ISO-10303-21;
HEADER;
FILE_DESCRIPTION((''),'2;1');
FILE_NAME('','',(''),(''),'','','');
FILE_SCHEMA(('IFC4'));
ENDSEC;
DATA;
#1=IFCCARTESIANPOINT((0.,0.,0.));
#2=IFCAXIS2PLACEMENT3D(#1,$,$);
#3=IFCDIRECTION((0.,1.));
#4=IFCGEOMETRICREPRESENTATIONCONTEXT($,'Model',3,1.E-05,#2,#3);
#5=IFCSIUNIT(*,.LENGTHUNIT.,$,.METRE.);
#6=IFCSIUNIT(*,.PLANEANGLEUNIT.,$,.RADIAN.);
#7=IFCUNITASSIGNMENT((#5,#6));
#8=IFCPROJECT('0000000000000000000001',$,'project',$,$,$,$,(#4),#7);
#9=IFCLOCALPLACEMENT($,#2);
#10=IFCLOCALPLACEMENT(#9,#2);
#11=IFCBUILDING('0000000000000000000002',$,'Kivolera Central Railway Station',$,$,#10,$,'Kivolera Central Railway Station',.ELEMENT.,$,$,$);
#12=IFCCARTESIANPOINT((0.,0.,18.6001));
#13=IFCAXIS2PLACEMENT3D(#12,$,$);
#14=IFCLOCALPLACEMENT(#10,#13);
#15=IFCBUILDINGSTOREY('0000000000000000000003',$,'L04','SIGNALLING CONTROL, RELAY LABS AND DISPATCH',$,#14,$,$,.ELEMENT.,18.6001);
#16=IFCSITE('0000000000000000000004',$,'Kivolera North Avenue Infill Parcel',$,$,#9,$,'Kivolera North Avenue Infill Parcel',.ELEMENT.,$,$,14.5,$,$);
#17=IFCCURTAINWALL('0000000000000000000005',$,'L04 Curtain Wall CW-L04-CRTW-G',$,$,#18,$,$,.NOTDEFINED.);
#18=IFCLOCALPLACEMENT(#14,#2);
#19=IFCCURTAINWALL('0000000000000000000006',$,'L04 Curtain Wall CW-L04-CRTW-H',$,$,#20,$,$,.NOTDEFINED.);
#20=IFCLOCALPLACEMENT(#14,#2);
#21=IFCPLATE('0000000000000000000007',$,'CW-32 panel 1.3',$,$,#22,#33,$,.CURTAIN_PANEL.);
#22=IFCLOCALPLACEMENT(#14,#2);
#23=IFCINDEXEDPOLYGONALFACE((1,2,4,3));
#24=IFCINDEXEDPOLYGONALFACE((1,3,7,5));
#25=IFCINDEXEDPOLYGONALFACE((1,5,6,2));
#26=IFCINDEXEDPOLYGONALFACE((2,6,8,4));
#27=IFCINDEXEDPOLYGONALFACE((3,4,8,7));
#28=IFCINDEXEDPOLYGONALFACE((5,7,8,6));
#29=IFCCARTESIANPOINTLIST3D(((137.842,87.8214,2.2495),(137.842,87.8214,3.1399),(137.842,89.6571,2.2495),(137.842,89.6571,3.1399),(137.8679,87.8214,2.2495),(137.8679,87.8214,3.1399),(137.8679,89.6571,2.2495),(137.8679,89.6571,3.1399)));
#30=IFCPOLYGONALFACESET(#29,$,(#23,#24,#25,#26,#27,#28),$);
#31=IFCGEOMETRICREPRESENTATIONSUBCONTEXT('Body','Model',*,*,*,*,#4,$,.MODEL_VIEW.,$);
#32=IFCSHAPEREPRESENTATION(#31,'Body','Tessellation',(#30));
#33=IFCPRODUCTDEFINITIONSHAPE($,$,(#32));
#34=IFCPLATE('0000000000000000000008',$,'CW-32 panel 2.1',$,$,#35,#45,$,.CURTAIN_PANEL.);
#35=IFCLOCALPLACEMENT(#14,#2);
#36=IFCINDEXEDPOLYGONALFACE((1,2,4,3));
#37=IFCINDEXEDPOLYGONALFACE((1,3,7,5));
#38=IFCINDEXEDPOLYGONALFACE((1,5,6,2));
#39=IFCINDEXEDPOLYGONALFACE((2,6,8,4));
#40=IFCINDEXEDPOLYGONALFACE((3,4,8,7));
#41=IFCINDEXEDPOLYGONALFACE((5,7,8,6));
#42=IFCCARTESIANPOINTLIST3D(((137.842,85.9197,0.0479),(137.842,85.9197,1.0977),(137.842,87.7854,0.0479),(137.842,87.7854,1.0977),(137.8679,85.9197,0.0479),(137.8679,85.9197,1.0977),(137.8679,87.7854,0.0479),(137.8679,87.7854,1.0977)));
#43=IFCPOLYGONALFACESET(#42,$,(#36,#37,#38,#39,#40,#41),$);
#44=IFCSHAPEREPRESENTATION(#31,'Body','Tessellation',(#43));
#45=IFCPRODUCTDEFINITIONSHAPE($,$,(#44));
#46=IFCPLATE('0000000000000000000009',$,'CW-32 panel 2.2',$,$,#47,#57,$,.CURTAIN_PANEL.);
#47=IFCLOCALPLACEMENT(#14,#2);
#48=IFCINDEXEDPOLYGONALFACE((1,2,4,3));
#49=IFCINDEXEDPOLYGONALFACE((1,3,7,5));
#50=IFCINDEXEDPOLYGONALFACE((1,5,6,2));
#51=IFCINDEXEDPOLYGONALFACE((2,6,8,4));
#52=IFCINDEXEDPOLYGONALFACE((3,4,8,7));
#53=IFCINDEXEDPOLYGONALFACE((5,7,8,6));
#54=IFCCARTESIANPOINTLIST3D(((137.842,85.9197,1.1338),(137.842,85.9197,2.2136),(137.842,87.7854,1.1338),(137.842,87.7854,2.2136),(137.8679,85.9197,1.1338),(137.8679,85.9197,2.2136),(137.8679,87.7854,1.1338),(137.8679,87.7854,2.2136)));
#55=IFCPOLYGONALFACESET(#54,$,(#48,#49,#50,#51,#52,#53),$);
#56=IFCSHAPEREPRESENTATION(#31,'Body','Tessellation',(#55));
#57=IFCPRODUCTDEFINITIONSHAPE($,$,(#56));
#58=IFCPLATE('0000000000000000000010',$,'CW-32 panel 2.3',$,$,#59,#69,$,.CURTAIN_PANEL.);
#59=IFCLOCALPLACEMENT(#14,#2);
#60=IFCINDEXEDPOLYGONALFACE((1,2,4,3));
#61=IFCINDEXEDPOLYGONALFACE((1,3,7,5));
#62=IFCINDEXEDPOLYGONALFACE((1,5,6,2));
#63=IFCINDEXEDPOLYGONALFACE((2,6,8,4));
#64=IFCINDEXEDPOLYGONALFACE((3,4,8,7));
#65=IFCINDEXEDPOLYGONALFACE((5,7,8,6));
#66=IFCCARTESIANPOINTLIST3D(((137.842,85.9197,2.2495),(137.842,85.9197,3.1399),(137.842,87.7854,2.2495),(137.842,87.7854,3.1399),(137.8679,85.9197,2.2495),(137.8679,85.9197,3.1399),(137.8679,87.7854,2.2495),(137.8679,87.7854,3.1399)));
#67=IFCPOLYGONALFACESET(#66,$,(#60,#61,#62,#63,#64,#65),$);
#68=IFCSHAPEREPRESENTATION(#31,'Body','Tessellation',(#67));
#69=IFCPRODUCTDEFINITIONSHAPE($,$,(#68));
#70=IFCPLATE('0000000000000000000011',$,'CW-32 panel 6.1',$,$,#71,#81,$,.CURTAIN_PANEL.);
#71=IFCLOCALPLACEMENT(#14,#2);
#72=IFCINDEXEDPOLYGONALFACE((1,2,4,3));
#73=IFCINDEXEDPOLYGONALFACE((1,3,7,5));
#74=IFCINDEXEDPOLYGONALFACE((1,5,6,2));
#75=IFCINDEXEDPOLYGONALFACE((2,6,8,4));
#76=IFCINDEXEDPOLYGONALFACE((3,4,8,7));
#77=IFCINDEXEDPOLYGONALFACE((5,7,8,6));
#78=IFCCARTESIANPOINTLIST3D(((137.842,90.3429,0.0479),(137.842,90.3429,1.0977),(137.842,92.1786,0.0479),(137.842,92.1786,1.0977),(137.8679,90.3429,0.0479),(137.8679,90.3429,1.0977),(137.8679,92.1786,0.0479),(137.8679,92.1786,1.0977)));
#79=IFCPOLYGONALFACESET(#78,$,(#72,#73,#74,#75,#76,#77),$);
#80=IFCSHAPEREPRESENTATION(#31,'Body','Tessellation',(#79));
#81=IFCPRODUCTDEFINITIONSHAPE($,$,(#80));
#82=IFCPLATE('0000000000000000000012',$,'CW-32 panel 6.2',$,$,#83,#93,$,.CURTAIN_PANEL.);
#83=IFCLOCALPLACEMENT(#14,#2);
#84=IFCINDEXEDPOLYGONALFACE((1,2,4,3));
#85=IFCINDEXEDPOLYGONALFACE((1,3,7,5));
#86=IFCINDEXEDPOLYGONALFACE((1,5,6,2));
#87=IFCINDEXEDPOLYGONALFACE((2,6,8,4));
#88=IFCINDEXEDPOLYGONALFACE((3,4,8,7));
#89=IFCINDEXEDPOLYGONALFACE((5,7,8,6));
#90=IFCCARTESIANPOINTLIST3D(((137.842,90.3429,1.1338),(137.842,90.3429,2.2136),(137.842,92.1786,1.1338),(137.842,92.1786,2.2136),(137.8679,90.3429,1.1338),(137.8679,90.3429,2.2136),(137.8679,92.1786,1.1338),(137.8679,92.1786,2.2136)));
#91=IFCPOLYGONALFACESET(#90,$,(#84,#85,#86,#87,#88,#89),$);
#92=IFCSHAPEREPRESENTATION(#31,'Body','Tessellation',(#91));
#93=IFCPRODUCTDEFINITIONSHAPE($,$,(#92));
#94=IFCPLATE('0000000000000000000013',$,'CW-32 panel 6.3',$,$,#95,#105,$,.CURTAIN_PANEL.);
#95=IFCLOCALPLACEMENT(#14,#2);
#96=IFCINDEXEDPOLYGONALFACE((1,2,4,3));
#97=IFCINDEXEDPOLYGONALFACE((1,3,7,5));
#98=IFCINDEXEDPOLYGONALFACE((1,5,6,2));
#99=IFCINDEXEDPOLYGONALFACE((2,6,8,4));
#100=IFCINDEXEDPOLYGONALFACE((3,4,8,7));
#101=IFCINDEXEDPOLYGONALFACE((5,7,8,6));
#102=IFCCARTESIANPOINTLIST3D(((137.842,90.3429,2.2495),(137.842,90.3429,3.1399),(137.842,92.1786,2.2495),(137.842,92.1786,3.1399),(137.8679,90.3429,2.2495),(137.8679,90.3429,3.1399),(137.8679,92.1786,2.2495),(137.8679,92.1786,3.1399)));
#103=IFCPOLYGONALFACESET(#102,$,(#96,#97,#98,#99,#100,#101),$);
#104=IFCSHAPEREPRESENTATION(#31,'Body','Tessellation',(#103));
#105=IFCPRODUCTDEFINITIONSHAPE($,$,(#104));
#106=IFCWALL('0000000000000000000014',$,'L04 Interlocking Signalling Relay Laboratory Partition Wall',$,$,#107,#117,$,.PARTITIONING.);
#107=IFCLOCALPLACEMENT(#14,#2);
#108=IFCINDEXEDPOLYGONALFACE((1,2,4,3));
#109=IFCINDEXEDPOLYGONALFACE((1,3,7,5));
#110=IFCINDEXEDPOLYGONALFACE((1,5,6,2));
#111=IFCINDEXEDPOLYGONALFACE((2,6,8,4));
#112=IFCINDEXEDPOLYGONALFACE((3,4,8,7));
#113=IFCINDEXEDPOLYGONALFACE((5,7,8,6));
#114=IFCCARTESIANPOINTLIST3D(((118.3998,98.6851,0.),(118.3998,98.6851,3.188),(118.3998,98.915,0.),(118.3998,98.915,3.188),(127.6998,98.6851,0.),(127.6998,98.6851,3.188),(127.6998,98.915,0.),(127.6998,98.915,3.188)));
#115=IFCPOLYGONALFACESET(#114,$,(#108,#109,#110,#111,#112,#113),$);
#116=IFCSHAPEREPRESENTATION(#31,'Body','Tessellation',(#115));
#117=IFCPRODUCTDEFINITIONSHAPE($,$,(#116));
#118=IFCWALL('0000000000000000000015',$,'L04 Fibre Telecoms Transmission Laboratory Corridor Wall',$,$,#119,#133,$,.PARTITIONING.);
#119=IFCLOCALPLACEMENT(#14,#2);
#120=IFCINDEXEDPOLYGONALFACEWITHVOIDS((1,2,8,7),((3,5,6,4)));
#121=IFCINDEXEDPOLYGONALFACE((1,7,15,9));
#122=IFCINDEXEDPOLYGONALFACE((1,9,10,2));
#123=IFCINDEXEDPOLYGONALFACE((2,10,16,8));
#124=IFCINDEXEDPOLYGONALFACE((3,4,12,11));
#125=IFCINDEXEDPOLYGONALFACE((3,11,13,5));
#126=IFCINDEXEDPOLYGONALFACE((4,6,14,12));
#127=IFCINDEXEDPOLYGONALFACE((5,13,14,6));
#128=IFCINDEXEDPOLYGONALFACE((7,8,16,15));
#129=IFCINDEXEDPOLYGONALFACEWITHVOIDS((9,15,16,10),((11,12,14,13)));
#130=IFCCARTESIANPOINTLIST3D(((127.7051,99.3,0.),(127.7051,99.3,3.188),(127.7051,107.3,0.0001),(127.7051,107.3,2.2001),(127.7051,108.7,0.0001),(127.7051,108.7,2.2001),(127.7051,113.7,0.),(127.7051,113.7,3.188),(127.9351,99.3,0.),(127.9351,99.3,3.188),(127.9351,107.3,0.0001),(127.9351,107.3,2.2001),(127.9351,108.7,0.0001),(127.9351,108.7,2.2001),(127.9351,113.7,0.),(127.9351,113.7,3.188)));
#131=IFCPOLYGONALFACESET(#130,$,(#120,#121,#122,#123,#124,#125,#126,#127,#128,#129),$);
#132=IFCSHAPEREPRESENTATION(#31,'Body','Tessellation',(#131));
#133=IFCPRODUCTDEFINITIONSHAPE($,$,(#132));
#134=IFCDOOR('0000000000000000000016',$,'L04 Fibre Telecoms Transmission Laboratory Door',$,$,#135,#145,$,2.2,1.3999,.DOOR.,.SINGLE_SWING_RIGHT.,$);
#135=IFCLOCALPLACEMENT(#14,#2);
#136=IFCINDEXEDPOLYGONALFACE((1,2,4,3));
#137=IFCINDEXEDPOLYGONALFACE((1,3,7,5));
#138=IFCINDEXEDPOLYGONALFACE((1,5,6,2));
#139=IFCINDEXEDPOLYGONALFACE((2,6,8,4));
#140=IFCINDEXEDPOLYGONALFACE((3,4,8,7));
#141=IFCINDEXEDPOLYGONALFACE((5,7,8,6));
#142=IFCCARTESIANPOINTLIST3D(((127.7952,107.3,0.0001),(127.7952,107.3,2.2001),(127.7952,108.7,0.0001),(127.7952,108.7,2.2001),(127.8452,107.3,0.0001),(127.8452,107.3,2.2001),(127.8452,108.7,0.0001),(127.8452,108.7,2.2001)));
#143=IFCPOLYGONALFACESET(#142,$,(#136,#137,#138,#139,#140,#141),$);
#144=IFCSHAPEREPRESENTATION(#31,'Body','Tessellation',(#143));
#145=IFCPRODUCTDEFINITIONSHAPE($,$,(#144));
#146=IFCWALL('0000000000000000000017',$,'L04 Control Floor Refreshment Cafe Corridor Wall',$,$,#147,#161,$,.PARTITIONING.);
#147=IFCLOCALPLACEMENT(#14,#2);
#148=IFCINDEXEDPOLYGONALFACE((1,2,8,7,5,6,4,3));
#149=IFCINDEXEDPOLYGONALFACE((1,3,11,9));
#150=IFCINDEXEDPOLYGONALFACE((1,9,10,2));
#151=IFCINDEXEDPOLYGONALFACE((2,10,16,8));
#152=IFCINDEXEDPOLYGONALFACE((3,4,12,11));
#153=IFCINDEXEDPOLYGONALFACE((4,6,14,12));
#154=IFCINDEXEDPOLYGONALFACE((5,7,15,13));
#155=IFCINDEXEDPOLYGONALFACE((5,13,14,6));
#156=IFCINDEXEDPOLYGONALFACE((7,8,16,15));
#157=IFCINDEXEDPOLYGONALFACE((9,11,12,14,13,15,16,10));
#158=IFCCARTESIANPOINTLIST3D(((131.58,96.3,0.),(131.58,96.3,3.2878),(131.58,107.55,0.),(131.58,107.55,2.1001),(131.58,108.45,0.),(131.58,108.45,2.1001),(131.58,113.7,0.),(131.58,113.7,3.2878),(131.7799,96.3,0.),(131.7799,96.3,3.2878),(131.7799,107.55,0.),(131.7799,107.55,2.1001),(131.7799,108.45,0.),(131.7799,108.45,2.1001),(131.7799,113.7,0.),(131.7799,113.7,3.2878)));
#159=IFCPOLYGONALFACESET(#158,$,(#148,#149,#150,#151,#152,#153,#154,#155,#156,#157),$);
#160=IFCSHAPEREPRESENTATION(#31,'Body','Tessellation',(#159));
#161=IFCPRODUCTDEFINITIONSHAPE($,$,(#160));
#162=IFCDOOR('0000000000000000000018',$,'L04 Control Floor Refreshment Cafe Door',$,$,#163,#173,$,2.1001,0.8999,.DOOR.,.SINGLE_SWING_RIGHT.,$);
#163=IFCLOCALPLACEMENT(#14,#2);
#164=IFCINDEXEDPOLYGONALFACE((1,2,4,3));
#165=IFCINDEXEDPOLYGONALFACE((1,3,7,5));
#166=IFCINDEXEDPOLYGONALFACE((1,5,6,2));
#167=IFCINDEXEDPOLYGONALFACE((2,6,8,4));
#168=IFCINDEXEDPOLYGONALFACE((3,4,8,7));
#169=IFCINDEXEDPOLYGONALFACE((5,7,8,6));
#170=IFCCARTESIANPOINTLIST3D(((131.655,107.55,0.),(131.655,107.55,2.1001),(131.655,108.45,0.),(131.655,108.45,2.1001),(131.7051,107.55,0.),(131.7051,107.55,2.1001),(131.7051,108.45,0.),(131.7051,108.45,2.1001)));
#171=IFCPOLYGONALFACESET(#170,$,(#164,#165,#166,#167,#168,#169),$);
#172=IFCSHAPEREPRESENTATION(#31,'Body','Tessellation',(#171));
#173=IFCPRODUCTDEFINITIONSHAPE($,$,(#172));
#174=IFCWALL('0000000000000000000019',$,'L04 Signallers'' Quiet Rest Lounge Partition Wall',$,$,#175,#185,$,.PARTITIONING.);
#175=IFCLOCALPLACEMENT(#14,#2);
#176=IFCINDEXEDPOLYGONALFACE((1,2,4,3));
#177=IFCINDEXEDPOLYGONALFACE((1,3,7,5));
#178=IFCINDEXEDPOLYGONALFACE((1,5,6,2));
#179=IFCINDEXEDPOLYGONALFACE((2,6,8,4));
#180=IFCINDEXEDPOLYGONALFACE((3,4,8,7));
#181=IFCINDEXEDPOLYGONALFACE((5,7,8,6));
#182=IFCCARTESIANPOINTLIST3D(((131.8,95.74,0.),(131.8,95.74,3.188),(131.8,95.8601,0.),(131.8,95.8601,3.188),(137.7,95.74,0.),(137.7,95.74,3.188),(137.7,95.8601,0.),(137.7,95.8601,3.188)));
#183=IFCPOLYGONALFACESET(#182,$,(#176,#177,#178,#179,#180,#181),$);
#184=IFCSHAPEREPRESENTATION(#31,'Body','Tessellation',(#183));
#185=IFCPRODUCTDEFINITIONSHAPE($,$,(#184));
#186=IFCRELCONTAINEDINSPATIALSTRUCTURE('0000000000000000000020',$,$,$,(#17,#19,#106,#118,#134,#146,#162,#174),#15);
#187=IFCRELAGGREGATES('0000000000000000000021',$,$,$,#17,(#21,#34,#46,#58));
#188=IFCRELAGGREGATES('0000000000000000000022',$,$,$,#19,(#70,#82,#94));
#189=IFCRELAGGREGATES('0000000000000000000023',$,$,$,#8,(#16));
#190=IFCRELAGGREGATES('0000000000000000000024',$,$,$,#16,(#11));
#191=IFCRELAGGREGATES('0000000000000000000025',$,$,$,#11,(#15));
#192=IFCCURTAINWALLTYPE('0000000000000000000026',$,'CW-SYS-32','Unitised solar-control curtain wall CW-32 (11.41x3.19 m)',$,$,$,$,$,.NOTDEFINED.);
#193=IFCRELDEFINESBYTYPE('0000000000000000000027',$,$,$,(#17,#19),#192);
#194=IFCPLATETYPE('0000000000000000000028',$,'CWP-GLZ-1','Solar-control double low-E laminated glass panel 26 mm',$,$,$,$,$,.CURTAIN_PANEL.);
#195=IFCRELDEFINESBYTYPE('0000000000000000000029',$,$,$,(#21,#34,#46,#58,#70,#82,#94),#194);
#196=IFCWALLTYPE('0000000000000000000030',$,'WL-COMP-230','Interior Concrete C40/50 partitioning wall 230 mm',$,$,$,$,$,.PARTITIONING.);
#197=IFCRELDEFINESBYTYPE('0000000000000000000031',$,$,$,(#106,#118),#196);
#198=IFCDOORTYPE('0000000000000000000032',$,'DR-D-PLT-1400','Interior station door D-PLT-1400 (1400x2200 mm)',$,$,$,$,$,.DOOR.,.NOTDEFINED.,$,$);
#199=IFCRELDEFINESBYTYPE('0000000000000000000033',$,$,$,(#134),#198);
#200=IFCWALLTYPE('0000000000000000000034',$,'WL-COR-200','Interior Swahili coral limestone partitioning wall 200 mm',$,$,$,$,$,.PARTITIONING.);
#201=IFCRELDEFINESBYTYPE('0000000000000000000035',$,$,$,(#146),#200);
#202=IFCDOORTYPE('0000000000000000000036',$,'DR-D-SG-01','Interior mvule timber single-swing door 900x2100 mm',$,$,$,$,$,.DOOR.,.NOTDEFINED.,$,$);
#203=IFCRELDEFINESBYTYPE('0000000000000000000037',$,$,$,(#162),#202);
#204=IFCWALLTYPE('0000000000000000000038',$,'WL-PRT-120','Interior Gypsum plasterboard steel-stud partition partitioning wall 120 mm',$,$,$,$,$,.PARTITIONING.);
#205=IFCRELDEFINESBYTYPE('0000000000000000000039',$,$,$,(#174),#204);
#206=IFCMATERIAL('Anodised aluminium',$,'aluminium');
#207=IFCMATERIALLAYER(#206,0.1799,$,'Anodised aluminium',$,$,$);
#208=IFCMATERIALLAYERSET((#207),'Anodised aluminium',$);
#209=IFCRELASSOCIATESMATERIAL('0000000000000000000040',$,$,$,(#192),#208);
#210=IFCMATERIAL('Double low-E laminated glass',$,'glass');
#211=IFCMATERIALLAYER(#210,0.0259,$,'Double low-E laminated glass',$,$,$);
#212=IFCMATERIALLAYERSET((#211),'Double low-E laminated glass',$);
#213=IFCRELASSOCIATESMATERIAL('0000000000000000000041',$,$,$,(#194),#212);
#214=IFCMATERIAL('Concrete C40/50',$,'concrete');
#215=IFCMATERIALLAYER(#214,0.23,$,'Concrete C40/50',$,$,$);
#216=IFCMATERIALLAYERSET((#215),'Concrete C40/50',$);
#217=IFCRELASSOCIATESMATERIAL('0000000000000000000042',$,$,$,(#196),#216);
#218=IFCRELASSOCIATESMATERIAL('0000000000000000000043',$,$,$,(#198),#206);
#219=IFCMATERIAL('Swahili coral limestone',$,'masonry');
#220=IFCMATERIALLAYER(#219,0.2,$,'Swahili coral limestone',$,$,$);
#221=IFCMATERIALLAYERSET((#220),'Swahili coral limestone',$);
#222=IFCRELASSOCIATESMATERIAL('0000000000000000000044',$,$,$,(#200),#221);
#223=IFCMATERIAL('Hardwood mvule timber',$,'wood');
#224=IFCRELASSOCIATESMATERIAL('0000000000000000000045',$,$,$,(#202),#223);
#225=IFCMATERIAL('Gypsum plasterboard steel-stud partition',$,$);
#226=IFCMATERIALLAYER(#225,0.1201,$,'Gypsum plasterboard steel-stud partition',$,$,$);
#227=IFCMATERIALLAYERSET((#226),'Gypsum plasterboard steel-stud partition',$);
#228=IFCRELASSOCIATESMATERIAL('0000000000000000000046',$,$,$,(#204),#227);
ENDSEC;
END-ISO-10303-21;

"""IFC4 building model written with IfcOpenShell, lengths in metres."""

from ifc_helpers import new_model, si_unit, direction, frame, frame_2d, origin, origin_2d, place, context, subcontext, project, spatial, rectangle, extrude, material, layer, layer_set, type_object, element, fill, aggregate, save


model = new_model("IFC4")

# Units and contexts
model_context = context("Model", 3, precision=1e-05, world=origin(), true_north=direction((0.0, 1.0)))
body_context = subcontext(model_context, "Body", "Model", "MODEL_VIEW")
ifc_project = project(units=[si_unit("LENGTHUNIT", "METRE"), si_unit("PLANEANGLEUNIT", "RADIAN")], contexts=[model_context])

# Site, building, storey
site_placement = place(None, origin())
site = spatial("IfcSite", under=ifc_project, at=site_placement, Name="Kivolera North Avenue Infill Parcel", LongName="Kivolera North Avenue Infill Parcel", CompositionType="ELEMENT", RefElevation=14.5)
building_placement = place(site_placement, origin())
building = spatial("IfcBuilding", under=site, at=building_placement, Name="Kivolera Central Railway Station", LongName="Kivolera Central Railway Station", CompositionType="ELEMENT")
storey_placement = place(building_placement, frame((0.0, 0.0, 18.6001)))
storey = spatial("IfcBuildingStorey", under=building, at=storey_placement, Name="L04", Description="SIGNALLING CONTROL, RELAY LABS AND DISPATCH", CompositionType="ELEMENT", Elevation=18.6001)

# Shared definitions
ifc_material_1 = material(Name="Concrete C40/50", Category="concrete")

# Curtain wall
ifc_material_2 = material(Name="Anodised aluminium", Category="aluminium")
ifc_layer_1 = layer(ifc_material_2, 0.1799, Name="Anodised aluminium")
ifc_layer_set_1 = layer_set([ifc_layer_1], Name="Anodised aluminium")
curtain_wall_type = type_object("IfcCurtainWallType", Name="CW-SYS-32", Description="Unitised solar-control curtain wall CW-32 (11.41x3.19 m)", PredefinedType="NOTDEFINED", material=ifc_layer_set_1)
curtain_wall_1_placement = place(storey_placement, origin())
curtain_wall_1 = element("IfcCurtainWall", 1, at=curtain_wall_1_placement, inside=storey, type_object=curtain_wall_type, Name="L04 Curtain Wall CW-L04-CRTW-G", PredefinedType="NOTDEFINED")

# Curtain wall
curtain_wall_2_placement = place(storey_placement, origin())
curtain_wall_2 = element("IfcCurtainWall", 2, at=curtain_wall_2_placement, inside=storey, type_object=curtain_wall_type, Name="L04 Curtain Wall CW-L04-CRTW-H", PredefinedType="NOTDEFINED")

# Plates
ifc_material_3 = material(Name="Double low-E laminated glass", Category="glass")
ifc_layer_2 = layer(ifc_material_3, 0.0259, Name="Double low-E laminated glass")
ifc_layer_set_2 = layer_set([ifc_layer_2], Name="Double low-E laminated glass")
plate_type = type_object("IfcPlateType", Name="CWP-GLZ-1", Description="Solar-control double low-E laminated glass panel 26 mm", PredefinedType="CURTAIN_PANEL", material=ifc_layer_set_2)
plate_1_placement = place(storey_placement, frame((137.855, 88.7393, 2.2495), z_axis=(0.0, 0.0, 1.0), x_axis=(0.0, -1.0, 0.0)))
plate_1 = element("IfcPlate", 3, at=plate_1_placement, type_object=plate_type, Name="CW-32 panel 1.3", PredefinedType="CURTAIN_PANEL", context=body_context, shape_type="SweptSolid", body=[
    extrude(rectangle(XDim=1.8357, YDim=0.0259, at=origin_2d()), origin(), (0.0, 0.0, 1.0), 0.8904),
])
plate_2_placement = place(storey_placement, frame((137.855, 86.8525, 0.0479), z_axis=(0.0, 0.0, 1.0), x_axis=(0.0, -1.0, 0.0)))
plate_2 = element("IfcPlate", 4, at=plate_2_placement, type_object=plate_type, Name="CW-32 panel 2.1", PredefinedType="CURTAIN_PANEL", context=body_context, shape_type="SweptSolid", body=[
    extrude(rectangle(XDim=1.8657, YDim=0.0259, at=origin_2d()), origin(), (0.0, 0.0, 1.0), 1.0498),
])
plate_3_placement = place(storey_placement, frame((137.855, 86.8525, 1.1338), z_axis=(0.0, 0.0, 1.0), x_axis=(0.0, -1.0, 0.0)))
plate_3 = element("IfcPlate", 5, at=plate_3_placement, type_object=plate_type, Name="CW-32 panel 2.2", PredefinedType="CURTAIN_PANEL", context=body_context, shape_type="SweptSolid", body=[
    extrude(rectangle(XDim=1.8657, YDim=0.0259, at=origin_2d()), origin(), (0.0, 0.0, 1.0), 1.0798),
])
plate_4_placement = place(storey_placement, frame((137.855, 86.8525, 2.2495), z_axis=(0.0, 0.0, 1.0), x_axis=(0.0, -1.0, 0.0)))
plate_4 = element("IfcPlate", 6, at=plate_4_placement, type_object=plate_type, Name="CW-32 panel 2.3", PredefinedType="CURTAIN_PANEL", context=body_context, shape_type="SweptSolid", body=[
    extrude(rectangle(XDim=1.8657, YDim=0.0259, at=origin_2d()), origin(), (0.0, 0.0, 1.0), 0.8904),
])
aggregate(curtain_wall_1, [plate_1, plate_2, plate_3, plate_4])
plate_5_placement = place(storey_placement, frame((137.855, 91.2607, 0.0479), z_axis=(0.0, 0.0, 1.0), x_axis=(0.0, -1.0, 0.0)))
plate_5 = element("IfcPlate", 7, at=plate_5_placement, type_object=plate_type, Name="CW-32 panel 6.1", PredefinedType="CURTAIN_PANEL", context=body_context, shape_type="SweptSolid", body=[
    extrude(rectangle(XDim=1.8357, YDim=0.0259, at=origin_2d()), origin(), (0.0, 0.0, 1.0), 1.0498),
])
plate_6_placement = place(storey_placement, frame((137.855, 91.2607, 1.1338), z_axis=(0.0, 0.0, 1.0), x_axis=(0.0, -1.0, 0.0)))
plate_6 = element("IfcPlate", 8, at=plate_6_placement, type_object=plate_type, Name="CW-32 panel 6.2", PredefinedType="CURTAIN_PANEL", context=body_context, shape_type="SweptSolid", body=[
    extrude(rectangle(XDim=1.8357, YDim=0.0259, at=origin_2d()), origin(), (0.0, 0.0, 1.0), 1.0798),
])
plate_7_placement = place(storey_placement, frame((137.855, 91.2607, 2.2495), z_axis=(0.0, 0.0, 1.0), x_axis=(0.0, -1.0, 0.0)))
plate_7 = element("IfcPlate", 9, at=plate_7_placement, type_object=plate_type, Name="CW-32 panel 6.3", PredefinedType="CURTAIN_PANEL", context=body_context, shape_type="SweptSolid", body=[
    extrude(rectangle(XDim=1.8357, YDim=0.0259, at=origin_2d()), origin(), (0.0, 0.0, 1.0), 0.8904),
])
aggregate(curtain_wall_2, [plate_5, plate_6, plate_7])

# Wall
ifc_layer_3 = layer(ifc_material_1, 0.23, Name="Concrete C40/50")
ifc_layer_set_3 = layer_set([ifc_layer_3], Name="Concrete C40/50")
wall_type_1 = type_object("IfcWallType", Name="WL-COMP-230", Description="Interior Concrete C40/50 partitioning wall 230 mm", PredefinedType="PARTITIONING", material=ifc_layer_set_3)
wall_1_placement = place(storey_placement, frame((118.3999, 98.8, 0.0), z_axis=(0.0, 0.0, 1.0), x_axis=(1.0, 0.0, 0.0)))
element("IfcWall", 10, at=wall_1_placement, inside=storey, type_object=wall_type_1, Name="L04 Interlocking Signalling Relay Laboratory Partition Wall", PredefinedType="PARTITIONING", context=body_context, shape_type="SweptSolid", body=[
    extrude(rectangle(XDim=9.3, YDim=0.23, at=frame_2d((4.6499, 0.0))), origin(), (0.0, 0.0, 1.0), 3.188),
])

# Walls, openings, doors
wall_2_placement = place(storey_placement, frame((127.8201, 99.3, 0.0), z_axis=(0.0, 0.0, 1.0), x_axis=(0.0, 1.0, 0.0)))
wall_2 = element("IfcWall", 11, at=wall_2_placement, inside=storey, type_object=wall_type_1, Name="L04 Fibre Telecoms Transmission Laboratory Corridor Wall", PredefinedType="PARTITIONING", context=body_context, shape_type="SweptSolid", body=[
    extrude(rectangle(XDim=14.3999, YDim=0.23, at=frame_2d((7.2, 0.0))), origin(), (0.0, 0.0, 1.0), 3.188),
])
opening_1_placement = place(wall_2_placement, frame((8.0, 0.0, 0.0)))
opening_1 = element("IfcOpeningElement", 12, at=opening_1_placement, cuts=wall_2, PredefinedType="OPENING", context=body_context, shape_type="SweptSolid", body=[
    extrude(rectangle(XDim=1.3999, YDim=2.2, at=frame_2d((0.7, 1.1001))), frame((0.0, 0.125, 0.0), z_axis=(0.0, -1.0, 0.0), x_axis=(1.0, 0.0, 0.0)), (0.0, 0.0, 1.0), 0.25),
])
door_type_1 = type_object("IfcDoorType", Name="DR-D-PLT-1400", Description="Interior station door D-PLT-1400 (1400x2200 mm)", OperationType="NOTDEFINED", PredefinedType="DOOR", material=ifc_material_2)
door_1_placement = place(opening_1_placement, origin())
door_1 = element("IfcDoor", 13, at=door_1_placement, inside=storey, type_object=door_type_1, Name="L04 Fibre Telecoms Transmission Laboratory Door", OperationType="SINGLE_SWING_RIGHT", OverallHeight=2.2, OverallWidth=1.3999, PredefinedType="DOOR", context=body_context, shape_type="SweptSolid", body=[
    extrude(rectangle(XDim=1.3999, YDim=2.2, at=frame_2d((0.7, 1.1001))), frame((0.0, 0.0249, 0.0), z_axis=(0.0, -1.0, 0.0), x_axis=(1.0, 0.0, 0.0)), (0.0, 0.0, 1.0), 0.05),
])
fill(opening_1, door_1)
ifc_material_4 = material(Name="Swahili coral limestone", Category="masonry")
ifc_layer_4 = layer(ifc_material_4, 0.2, Name="Swahili coral limestone")
ifc_layer_set_4 = layer_set([ifc_layer_4], Name="Swahili coral limestone")
wall_type_2 = type_object("IfcWallType", Name="WL-COR-200", Description="Interior Swahili coral limestone partitioning wall 200 mm", PredefinedType="PARTITIONING", material=ifc_layer_set_4)
wall_3_placement = place(storey_placement, frame((131.6799, 96.3, 0.0), z_axis=(0.0, 0.0, 1.0), x_axis=(0.0, 1.0, 0.0)))
wall_3 = element("IfcWall", 14, at=wall_3_placement, inside=storey, type_object=wall_type_2, Name="L04 Control Floor Refreshment Cafe Corridor Wall", PredefinedType="PARTITIONING", context=body_context, shape_type="SweptSolid", body=[
    extrude(rectangle(XDim=17.3999, YDim=0.2, at=frame_2d((8.7, 0.0))), origin(), (0.0, 0.0, 1.0), 3.2878),
])
opening_2_placement = place(wall_3_placement, frame((11.25, 0.0, 0.0)))
opening_2 = element("IfcOpeningElement", 15, at=opening_2_placement, cuts=wall_3, PredefinedType="OPENING", context=body_context, shape_type="SweptSolid", body=[
    extrude(rectangle(XDim=0.8999, YDim=2.1001, at=frame_2d((0.45, 1.05))), frame((0.0, 0.1099, 0.0), z_axis=(0.0, -1.0, 0.0), x_axis=(1.0, 0.0, 0.0)), (0.0, 0.0, 1.0), 0.22),
])
ifc_material_5 = material(Name="Hardwood mvule timber", Category="wood")
door_type_2 = type_object("IfcDoorType", Name="DR-D-SG-01", Description="Interior mvule timber single-swing door 900x2100 mm", OperationType="NOTDEFINED", PredefinedType="DOOR", material=ifc_material_5)
door_2_placement = place(opening_2_placement, origin())
door_2 = element("IfcDoor", 16, at=door_2_placement, inside=storey, type_object=door_type_2, Name="L04 Control Floor Refreshment Cafe Door", OperationType="SINGLE_SWING_RIGHT", OverallHeight=2.1001, OverallWidth=0.8999, PredefinedType="DOOR", context=body_context, shape_type="SweptSolid", body=[
    extrude(rectangle(XDim=0.8999, YDim=2.1001, at=frame_2d((0.45, 1.05))), frame((0.0, 0.0249, 0.0), z_axis=(0.0, -1.0, 0.0), x_axis=(1.0, 0.0, 0.0)), (0.0, 0.0, 1.0), 0.05),
])
fill(opening_2, door_2)

# Wall
ifc_material_6 = material(Name="Gypsum plasterboard steel-stud partition")
ifc_layer_5 = layer(ifc_material_6, 0.1201, Name="Gypsum plasterboard steel-stud partition")
ifc_layer_set_5 = layer_set([ifc_layer_5], Name="Gypsum plasterboard steel-stud partition")
wall_type_3 = type_object("IfcWallType", Name="WL-PRT-120", Description="Interior Gypsum plasterboard steel-stud partition partitioning wall 120 mm", PredefinedType="PARTITIONING", material=ifc_layer_set_5)
wall_4_placement = place(storey_placement, frame((131.8, 95.8, 0.0), z_axis=(0.0, 0.0, 1.0), x_axis=(1.0, 0.0, 0.0)))
element("IfcWall", 17, at=wall_4_placement, inside=storey, type_object=wall_type_3, Name="L04 Signallers' Quiet Rest Lounge Partition Wall", PredefinedType="PARTITIONING", context=body_context, shape_type="SweptSolid", body=[
    extrude(rectangle(XDim=5.8999, YDim=0.1201, at=frame_2d((2.95, 0.0))), origin(), (0.0, 0.0, 1.0), 3.188),
])

save(model, "model.ifc")
